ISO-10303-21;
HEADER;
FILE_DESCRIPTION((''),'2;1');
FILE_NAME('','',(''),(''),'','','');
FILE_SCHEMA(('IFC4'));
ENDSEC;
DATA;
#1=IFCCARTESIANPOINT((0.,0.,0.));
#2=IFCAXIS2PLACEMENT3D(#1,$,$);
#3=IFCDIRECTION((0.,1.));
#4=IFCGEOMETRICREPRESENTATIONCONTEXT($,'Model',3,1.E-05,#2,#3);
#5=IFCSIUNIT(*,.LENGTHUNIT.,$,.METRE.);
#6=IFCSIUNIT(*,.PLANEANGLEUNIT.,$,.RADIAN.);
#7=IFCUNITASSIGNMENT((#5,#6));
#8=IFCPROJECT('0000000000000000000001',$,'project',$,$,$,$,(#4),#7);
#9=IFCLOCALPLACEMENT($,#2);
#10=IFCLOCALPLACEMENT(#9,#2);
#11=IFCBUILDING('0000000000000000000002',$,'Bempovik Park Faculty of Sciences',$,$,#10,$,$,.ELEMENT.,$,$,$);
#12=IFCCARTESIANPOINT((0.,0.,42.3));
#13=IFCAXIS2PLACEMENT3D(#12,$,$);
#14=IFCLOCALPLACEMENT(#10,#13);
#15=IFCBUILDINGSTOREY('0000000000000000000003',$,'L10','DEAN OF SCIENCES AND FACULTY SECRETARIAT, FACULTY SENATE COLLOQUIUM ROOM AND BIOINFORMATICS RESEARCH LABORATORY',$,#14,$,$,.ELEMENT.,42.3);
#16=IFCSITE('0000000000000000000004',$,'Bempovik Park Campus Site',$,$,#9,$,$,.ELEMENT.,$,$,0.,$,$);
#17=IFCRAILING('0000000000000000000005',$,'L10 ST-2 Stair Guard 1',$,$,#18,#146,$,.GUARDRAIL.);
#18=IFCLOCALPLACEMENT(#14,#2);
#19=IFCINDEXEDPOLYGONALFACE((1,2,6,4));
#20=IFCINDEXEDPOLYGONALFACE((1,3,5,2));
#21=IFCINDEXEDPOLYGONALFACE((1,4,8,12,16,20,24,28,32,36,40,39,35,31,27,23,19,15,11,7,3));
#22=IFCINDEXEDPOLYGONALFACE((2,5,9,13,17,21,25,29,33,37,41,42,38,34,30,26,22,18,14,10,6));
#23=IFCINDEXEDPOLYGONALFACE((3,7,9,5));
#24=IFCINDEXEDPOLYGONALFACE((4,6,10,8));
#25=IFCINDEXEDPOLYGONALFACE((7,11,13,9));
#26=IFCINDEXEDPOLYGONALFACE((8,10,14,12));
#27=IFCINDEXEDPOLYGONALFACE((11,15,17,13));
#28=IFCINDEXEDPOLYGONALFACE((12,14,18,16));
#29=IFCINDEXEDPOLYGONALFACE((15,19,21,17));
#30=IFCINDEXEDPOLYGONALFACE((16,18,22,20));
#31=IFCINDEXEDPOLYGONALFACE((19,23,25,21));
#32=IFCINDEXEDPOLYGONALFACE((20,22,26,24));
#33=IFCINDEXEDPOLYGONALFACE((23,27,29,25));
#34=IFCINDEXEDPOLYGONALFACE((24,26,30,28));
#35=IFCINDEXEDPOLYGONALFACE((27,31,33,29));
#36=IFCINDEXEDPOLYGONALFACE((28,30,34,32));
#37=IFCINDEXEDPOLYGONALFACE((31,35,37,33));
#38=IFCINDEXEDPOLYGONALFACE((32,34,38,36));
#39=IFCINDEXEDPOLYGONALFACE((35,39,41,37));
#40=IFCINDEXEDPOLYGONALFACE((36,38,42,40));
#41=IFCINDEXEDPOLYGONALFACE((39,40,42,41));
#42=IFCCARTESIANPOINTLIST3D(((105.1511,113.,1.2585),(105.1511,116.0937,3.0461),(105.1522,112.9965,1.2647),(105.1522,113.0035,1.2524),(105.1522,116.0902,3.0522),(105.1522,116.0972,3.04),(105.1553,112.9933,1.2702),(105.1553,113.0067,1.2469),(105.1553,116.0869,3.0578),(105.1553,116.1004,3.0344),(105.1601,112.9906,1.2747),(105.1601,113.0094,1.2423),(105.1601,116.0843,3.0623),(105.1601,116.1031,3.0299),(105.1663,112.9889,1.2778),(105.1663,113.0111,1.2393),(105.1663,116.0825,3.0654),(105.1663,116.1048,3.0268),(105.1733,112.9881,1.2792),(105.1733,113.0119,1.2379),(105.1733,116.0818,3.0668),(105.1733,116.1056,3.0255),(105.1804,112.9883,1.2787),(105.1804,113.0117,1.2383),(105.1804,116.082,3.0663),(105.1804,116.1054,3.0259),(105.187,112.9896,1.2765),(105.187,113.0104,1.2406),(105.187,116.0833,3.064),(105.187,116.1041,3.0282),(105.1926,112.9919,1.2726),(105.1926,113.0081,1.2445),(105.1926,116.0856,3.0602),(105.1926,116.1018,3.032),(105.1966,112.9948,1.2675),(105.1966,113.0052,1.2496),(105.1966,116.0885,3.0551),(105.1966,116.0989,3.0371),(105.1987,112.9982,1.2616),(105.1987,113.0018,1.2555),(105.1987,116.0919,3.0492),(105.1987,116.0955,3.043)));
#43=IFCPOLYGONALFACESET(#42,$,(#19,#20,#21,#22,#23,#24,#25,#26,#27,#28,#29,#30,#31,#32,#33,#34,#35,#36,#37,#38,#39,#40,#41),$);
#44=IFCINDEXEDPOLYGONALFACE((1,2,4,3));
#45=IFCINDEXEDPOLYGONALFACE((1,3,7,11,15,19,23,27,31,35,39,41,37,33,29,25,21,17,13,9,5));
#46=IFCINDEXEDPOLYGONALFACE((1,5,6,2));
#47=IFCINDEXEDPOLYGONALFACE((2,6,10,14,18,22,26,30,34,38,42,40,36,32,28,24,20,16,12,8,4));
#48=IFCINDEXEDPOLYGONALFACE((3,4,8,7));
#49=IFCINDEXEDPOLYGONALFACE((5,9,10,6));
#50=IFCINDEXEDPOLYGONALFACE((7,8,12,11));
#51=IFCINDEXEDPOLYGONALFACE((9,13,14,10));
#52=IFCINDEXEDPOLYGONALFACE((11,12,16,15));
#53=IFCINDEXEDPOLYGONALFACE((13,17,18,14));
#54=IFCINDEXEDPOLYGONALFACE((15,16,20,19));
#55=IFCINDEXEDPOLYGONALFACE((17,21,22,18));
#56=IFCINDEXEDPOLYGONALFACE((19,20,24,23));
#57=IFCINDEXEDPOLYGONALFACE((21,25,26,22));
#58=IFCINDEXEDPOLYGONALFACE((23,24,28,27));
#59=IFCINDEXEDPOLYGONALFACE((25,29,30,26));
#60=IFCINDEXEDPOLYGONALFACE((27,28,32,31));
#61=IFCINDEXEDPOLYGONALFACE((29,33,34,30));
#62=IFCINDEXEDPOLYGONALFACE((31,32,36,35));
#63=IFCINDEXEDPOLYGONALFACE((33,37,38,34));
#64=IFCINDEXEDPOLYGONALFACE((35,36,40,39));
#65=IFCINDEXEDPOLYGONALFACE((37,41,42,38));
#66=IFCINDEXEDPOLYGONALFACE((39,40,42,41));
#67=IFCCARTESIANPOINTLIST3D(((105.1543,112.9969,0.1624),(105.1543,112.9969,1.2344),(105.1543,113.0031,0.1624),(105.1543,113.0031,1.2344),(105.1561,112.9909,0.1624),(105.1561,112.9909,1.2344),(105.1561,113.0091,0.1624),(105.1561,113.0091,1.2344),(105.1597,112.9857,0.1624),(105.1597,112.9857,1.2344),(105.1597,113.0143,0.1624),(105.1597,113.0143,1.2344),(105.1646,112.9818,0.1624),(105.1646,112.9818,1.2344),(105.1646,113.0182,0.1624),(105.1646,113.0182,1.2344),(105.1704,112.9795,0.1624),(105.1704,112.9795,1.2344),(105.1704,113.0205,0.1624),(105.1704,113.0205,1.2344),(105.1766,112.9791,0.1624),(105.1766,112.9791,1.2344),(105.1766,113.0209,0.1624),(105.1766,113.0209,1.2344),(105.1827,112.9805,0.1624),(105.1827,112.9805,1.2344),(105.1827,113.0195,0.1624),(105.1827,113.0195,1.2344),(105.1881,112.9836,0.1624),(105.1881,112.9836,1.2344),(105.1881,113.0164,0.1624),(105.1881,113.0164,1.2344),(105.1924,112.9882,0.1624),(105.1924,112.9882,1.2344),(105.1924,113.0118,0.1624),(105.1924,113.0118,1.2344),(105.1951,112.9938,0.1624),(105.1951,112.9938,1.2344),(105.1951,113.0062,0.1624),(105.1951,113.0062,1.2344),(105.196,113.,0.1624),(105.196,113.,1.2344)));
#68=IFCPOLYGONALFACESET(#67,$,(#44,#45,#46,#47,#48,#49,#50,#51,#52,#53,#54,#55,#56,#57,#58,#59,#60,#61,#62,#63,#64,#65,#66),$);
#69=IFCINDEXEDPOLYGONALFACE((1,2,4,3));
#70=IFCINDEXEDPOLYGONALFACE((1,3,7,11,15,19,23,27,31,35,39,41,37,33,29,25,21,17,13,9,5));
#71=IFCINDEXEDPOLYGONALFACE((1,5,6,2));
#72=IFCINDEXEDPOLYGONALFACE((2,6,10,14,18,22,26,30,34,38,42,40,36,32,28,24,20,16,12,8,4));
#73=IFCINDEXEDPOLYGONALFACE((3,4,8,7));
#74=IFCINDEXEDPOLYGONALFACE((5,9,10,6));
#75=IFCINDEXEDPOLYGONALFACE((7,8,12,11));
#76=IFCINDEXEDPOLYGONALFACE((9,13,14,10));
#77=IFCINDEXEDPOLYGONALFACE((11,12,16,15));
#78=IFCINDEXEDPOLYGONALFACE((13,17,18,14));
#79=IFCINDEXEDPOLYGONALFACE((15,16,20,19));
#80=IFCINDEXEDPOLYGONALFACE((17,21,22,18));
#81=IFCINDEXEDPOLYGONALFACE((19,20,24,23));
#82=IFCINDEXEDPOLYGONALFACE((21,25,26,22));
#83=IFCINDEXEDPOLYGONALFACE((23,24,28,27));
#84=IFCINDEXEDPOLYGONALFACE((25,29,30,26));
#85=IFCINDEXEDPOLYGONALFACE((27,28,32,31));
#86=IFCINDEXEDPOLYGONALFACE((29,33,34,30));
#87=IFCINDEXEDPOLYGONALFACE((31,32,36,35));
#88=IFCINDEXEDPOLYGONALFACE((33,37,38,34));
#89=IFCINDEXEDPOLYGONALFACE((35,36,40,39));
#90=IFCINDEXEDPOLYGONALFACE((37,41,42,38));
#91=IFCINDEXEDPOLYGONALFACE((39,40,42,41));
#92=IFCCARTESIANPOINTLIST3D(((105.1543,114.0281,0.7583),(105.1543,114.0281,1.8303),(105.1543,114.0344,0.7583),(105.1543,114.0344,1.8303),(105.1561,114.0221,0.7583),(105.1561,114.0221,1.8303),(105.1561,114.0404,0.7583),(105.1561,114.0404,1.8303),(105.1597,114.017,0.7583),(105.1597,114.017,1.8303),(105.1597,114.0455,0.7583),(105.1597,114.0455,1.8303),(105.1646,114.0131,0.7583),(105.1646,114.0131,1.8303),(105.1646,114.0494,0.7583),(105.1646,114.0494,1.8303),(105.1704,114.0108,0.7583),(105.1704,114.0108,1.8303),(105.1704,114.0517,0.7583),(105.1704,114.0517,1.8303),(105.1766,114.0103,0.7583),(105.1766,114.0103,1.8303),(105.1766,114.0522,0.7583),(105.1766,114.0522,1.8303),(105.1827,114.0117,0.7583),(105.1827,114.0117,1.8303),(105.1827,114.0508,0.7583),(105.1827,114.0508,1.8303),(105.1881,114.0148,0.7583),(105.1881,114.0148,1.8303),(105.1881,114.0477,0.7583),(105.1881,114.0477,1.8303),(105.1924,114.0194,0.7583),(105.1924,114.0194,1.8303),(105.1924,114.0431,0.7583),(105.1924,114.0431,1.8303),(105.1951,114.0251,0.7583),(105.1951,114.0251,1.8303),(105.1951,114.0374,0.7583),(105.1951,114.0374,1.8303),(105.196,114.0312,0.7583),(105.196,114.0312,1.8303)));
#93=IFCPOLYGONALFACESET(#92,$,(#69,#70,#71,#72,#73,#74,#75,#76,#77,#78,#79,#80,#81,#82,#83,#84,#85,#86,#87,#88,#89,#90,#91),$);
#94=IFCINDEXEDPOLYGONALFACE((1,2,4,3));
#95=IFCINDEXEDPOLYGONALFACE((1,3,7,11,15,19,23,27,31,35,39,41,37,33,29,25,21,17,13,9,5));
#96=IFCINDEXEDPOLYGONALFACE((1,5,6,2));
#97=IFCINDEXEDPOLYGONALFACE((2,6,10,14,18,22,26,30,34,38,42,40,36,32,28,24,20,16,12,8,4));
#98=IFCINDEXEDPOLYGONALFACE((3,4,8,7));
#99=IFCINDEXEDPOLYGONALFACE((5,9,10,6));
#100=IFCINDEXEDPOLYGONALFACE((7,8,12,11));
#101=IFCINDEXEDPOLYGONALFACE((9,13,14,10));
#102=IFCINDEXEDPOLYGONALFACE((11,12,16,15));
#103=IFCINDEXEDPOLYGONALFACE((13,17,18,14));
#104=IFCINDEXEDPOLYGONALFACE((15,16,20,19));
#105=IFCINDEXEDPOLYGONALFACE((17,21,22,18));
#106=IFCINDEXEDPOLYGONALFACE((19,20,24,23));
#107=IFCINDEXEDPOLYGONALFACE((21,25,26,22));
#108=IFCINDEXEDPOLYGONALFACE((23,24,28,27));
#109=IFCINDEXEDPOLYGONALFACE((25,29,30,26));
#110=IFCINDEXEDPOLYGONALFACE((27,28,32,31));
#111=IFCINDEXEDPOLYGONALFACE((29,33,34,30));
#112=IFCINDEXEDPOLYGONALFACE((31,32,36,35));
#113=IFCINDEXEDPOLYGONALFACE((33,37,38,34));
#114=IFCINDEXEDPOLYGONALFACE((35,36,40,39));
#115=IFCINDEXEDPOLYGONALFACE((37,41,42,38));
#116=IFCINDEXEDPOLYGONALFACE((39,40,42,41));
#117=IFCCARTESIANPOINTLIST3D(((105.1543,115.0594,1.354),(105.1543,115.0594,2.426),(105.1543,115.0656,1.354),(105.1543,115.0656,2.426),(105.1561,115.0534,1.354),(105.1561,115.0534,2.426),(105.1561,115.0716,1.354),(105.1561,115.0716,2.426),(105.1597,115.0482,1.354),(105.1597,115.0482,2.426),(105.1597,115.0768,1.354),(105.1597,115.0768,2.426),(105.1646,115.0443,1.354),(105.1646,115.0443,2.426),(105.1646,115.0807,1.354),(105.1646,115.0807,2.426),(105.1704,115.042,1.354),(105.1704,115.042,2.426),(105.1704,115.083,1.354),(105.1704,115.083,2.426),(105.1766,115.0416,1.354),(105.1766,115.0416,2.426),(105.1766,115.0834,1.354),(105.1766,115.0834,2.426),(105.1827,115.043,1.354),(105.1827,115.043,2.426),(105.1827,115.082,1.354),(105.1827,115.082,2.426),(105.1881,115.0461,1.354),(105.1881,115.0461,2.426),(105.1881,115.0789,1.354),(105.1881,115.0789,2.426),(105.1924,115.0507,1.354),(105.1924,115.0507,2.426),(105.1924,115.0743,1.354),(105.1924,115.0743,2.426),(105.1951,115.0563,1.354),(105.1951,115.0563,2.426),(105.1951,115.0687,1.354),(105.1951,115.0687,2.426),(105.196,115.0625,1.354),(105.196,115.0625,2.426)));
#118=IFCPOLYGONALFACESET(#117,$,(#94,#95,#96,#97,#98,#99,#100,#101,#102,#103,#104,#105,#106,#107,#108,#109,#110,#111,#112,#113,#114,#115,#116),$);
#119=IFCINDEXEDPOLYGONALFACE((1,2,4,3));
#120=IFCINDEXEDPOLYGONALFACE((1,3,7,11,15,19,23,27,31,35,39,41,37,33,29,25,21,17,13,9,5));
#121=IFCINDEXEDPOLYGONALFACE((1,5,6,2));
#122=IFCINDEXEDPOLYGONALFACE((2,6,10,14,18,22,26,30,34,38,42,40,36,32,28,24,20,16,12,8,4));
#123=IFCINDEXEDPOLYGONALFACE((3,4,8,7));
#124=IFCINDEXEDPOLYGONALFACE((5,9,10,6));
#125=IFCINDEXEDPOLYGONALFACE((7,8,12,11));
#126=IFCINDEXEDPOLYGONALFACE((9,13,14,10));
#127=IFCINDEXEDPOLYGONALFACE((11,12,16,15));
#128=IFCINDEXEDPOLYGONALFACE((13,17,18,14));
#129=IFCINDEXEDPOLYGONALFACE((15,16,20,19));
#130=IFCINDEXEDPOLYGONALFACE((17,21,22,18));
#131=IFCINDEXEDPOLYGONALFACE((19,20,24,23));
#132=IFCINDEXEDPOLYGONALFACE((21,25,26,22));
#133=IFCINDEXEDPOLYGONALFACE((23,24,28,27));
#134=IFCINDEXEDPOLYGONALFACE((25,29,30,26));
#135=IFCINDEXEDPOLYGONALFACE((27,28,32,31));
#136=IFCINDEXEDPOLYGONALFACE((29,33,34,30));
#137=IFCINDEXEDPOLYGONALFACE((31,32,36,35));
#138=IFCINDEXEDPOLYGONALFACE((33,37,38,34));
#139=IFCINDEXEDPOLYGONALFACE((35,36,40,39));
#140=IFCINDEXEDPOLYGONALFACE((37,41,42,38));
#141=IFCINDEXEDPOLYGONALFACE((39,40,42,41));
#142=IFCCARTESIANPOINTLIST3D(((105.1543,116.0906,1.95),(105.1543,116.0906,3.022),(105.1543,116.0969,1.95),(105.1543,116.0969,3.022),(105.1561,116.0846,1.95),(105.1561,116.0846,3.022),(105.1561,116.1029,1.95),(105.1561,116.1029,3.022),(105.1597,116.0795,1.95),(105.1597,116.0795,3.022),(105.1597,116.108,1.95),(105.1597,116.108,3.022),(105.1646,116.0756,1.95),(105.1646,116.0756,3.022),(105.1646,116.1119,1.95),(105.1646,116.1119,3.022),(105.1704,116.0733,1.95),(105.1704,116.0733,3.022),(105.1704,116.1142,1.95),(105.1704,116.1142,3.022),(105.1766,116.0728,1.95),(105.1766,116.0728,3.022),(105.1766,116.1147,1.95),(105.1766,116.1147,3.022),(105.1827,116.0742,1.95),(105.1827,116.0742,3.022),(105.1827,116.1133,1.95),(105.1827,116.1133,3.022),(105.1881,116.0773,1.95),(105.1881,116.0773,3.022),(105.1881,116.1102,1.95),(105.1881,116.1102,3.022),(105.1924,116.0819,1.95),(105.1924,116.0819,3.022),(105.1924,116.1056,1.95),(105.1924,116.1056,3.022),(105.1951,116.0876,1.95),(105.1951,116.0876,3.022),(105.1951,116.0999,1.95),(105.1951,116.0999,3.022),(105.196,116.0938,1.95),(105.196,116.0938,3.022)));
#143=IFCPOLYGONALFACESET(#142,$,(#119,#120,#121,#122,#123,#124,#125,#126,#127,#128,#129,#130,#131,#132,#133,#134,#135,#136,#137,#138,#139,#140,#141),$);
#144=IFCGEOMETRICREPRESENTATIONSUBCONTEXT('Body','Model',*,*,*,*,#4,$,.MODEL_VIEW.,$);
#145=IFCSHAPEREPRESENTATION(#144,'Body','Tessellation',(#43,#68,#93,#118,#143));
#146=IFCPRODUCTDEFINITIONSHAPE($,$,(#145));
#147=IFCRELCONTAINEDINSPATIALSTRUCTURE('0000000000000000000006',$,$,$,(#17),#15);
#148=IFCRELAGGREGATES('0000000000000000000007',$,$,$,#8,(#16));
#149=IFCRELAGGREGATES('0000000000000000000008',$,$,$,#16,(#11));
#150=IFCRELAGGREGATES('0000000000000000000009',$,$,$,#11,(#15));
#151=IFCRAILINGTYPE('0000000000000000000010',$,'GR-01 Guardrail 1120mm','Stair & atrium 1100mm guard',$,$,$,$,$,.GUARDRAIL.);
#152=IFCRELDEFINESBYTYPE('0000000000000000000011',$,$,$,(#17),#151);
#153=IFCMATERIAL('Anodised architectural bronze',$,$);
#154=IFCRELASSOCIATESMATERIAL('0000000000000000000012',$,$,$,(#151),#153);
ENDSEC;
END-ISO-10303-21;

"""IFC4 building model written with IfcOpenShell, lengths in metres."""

from ifc_helpers import new_model, si_unit, direction, frame, origin, origin_2d, place, context, subcontext, project, spatial, circle, extrude, material, type_object, element, save


model = new_model("IFC4")

# Units and contexts
model_context = context("Model", 3, precision=1e-05, world=origin(), true_north=direction((0.0, 1.0)))
body_context = subcontext(model_context, "Body", "Model", "MODEL_VIEW")
ifc_project = project(units=[si_unit("LENGTHUNIT", "METRE"), si_unit("PLANEANGLEUNIT", "RADIAN")], contexts=[model_context])

# Site, building, storey
site_placement = place(None, origin())
site = spatial("IfcSite", under=ifc_project, at=site_placement, Name="Bempovik Park Campus Site", CompositionType="ELEMENT", RefElevation=0.0)
building_placement = place(site_placement, origin())
building = spatial("IfcBuilding", under=site, at=building_placement, Name="Bempovik Park Faculty of Sciences", CompositionType="ELEMENT")
storey_placement = place(building_placement, frame((0.0, 0.0, 42.3)))
storey = spatial("IfcBuildingStorey", under=building, at=storey_placement, Name="L10", Description="DEAN OF SCIENCES AND FACULTY SECRETARIAT, FACULTY SENATE COLLOQUIUM ROOM AND BIOINFORMATICS RESEARCH LABORATORY", CompositionType="ELEMENT", Elevation=42.3)

# Railing
ifc_material_1 = material(Name="Anodised architectural bronze")
railing_type_1 = type_object("IfcRailingType", Name="GR-01 Guardrail 1120mm", Description="Stair & atrium 1100mm guard", PredefinedType="GUARDRAIL", material=ifc_material_1)
railing_1_placement = place(storey_placement, frame((105.175, 113.0, 0.1624)))
element("IfcRailing", 1, at=railing_1_placement, inside=storey, type_object=railing_type_1, Name="L10 ST-2 Stair Guard 1", PredefinedType="GUARDRAIL", context=body_context, shape_type="SweptSolid", body=[
    extrude(circle(Radius=0.0239, at=origin_2d()), frame((0.0, 0.0, 1.0962), z_axis=(0.0, 0.865853, 0.500298), x_axis=(-1.0, 0.0, 0.0)), (0.0, 0.0, 1.0), 3.573),
    extrude(circle(Radius=0.021, at=origin_2d()), origin(), (0.0, 0.0, 1.0), 1.072),
    extrude(circle(Radius=0.021, at=origin_2d()), frame((0.0, 1.0312, 0.5959)), (0.0, 0.0, 1.0), 1.072),
    extrude(circle(Radius=0.021, at=origin_2d()), frame((0.0, 2.0625, 1.1917)), (0.0, 0.0, 1.0), 1.072),
    extrude(circle(Radius=0.021, at=origin_2d()), frame((0.0, 3.0938, 1.7876)), (0.0, 0.0, 1.0), 1.072),
])

save(model, "model.ifc")
